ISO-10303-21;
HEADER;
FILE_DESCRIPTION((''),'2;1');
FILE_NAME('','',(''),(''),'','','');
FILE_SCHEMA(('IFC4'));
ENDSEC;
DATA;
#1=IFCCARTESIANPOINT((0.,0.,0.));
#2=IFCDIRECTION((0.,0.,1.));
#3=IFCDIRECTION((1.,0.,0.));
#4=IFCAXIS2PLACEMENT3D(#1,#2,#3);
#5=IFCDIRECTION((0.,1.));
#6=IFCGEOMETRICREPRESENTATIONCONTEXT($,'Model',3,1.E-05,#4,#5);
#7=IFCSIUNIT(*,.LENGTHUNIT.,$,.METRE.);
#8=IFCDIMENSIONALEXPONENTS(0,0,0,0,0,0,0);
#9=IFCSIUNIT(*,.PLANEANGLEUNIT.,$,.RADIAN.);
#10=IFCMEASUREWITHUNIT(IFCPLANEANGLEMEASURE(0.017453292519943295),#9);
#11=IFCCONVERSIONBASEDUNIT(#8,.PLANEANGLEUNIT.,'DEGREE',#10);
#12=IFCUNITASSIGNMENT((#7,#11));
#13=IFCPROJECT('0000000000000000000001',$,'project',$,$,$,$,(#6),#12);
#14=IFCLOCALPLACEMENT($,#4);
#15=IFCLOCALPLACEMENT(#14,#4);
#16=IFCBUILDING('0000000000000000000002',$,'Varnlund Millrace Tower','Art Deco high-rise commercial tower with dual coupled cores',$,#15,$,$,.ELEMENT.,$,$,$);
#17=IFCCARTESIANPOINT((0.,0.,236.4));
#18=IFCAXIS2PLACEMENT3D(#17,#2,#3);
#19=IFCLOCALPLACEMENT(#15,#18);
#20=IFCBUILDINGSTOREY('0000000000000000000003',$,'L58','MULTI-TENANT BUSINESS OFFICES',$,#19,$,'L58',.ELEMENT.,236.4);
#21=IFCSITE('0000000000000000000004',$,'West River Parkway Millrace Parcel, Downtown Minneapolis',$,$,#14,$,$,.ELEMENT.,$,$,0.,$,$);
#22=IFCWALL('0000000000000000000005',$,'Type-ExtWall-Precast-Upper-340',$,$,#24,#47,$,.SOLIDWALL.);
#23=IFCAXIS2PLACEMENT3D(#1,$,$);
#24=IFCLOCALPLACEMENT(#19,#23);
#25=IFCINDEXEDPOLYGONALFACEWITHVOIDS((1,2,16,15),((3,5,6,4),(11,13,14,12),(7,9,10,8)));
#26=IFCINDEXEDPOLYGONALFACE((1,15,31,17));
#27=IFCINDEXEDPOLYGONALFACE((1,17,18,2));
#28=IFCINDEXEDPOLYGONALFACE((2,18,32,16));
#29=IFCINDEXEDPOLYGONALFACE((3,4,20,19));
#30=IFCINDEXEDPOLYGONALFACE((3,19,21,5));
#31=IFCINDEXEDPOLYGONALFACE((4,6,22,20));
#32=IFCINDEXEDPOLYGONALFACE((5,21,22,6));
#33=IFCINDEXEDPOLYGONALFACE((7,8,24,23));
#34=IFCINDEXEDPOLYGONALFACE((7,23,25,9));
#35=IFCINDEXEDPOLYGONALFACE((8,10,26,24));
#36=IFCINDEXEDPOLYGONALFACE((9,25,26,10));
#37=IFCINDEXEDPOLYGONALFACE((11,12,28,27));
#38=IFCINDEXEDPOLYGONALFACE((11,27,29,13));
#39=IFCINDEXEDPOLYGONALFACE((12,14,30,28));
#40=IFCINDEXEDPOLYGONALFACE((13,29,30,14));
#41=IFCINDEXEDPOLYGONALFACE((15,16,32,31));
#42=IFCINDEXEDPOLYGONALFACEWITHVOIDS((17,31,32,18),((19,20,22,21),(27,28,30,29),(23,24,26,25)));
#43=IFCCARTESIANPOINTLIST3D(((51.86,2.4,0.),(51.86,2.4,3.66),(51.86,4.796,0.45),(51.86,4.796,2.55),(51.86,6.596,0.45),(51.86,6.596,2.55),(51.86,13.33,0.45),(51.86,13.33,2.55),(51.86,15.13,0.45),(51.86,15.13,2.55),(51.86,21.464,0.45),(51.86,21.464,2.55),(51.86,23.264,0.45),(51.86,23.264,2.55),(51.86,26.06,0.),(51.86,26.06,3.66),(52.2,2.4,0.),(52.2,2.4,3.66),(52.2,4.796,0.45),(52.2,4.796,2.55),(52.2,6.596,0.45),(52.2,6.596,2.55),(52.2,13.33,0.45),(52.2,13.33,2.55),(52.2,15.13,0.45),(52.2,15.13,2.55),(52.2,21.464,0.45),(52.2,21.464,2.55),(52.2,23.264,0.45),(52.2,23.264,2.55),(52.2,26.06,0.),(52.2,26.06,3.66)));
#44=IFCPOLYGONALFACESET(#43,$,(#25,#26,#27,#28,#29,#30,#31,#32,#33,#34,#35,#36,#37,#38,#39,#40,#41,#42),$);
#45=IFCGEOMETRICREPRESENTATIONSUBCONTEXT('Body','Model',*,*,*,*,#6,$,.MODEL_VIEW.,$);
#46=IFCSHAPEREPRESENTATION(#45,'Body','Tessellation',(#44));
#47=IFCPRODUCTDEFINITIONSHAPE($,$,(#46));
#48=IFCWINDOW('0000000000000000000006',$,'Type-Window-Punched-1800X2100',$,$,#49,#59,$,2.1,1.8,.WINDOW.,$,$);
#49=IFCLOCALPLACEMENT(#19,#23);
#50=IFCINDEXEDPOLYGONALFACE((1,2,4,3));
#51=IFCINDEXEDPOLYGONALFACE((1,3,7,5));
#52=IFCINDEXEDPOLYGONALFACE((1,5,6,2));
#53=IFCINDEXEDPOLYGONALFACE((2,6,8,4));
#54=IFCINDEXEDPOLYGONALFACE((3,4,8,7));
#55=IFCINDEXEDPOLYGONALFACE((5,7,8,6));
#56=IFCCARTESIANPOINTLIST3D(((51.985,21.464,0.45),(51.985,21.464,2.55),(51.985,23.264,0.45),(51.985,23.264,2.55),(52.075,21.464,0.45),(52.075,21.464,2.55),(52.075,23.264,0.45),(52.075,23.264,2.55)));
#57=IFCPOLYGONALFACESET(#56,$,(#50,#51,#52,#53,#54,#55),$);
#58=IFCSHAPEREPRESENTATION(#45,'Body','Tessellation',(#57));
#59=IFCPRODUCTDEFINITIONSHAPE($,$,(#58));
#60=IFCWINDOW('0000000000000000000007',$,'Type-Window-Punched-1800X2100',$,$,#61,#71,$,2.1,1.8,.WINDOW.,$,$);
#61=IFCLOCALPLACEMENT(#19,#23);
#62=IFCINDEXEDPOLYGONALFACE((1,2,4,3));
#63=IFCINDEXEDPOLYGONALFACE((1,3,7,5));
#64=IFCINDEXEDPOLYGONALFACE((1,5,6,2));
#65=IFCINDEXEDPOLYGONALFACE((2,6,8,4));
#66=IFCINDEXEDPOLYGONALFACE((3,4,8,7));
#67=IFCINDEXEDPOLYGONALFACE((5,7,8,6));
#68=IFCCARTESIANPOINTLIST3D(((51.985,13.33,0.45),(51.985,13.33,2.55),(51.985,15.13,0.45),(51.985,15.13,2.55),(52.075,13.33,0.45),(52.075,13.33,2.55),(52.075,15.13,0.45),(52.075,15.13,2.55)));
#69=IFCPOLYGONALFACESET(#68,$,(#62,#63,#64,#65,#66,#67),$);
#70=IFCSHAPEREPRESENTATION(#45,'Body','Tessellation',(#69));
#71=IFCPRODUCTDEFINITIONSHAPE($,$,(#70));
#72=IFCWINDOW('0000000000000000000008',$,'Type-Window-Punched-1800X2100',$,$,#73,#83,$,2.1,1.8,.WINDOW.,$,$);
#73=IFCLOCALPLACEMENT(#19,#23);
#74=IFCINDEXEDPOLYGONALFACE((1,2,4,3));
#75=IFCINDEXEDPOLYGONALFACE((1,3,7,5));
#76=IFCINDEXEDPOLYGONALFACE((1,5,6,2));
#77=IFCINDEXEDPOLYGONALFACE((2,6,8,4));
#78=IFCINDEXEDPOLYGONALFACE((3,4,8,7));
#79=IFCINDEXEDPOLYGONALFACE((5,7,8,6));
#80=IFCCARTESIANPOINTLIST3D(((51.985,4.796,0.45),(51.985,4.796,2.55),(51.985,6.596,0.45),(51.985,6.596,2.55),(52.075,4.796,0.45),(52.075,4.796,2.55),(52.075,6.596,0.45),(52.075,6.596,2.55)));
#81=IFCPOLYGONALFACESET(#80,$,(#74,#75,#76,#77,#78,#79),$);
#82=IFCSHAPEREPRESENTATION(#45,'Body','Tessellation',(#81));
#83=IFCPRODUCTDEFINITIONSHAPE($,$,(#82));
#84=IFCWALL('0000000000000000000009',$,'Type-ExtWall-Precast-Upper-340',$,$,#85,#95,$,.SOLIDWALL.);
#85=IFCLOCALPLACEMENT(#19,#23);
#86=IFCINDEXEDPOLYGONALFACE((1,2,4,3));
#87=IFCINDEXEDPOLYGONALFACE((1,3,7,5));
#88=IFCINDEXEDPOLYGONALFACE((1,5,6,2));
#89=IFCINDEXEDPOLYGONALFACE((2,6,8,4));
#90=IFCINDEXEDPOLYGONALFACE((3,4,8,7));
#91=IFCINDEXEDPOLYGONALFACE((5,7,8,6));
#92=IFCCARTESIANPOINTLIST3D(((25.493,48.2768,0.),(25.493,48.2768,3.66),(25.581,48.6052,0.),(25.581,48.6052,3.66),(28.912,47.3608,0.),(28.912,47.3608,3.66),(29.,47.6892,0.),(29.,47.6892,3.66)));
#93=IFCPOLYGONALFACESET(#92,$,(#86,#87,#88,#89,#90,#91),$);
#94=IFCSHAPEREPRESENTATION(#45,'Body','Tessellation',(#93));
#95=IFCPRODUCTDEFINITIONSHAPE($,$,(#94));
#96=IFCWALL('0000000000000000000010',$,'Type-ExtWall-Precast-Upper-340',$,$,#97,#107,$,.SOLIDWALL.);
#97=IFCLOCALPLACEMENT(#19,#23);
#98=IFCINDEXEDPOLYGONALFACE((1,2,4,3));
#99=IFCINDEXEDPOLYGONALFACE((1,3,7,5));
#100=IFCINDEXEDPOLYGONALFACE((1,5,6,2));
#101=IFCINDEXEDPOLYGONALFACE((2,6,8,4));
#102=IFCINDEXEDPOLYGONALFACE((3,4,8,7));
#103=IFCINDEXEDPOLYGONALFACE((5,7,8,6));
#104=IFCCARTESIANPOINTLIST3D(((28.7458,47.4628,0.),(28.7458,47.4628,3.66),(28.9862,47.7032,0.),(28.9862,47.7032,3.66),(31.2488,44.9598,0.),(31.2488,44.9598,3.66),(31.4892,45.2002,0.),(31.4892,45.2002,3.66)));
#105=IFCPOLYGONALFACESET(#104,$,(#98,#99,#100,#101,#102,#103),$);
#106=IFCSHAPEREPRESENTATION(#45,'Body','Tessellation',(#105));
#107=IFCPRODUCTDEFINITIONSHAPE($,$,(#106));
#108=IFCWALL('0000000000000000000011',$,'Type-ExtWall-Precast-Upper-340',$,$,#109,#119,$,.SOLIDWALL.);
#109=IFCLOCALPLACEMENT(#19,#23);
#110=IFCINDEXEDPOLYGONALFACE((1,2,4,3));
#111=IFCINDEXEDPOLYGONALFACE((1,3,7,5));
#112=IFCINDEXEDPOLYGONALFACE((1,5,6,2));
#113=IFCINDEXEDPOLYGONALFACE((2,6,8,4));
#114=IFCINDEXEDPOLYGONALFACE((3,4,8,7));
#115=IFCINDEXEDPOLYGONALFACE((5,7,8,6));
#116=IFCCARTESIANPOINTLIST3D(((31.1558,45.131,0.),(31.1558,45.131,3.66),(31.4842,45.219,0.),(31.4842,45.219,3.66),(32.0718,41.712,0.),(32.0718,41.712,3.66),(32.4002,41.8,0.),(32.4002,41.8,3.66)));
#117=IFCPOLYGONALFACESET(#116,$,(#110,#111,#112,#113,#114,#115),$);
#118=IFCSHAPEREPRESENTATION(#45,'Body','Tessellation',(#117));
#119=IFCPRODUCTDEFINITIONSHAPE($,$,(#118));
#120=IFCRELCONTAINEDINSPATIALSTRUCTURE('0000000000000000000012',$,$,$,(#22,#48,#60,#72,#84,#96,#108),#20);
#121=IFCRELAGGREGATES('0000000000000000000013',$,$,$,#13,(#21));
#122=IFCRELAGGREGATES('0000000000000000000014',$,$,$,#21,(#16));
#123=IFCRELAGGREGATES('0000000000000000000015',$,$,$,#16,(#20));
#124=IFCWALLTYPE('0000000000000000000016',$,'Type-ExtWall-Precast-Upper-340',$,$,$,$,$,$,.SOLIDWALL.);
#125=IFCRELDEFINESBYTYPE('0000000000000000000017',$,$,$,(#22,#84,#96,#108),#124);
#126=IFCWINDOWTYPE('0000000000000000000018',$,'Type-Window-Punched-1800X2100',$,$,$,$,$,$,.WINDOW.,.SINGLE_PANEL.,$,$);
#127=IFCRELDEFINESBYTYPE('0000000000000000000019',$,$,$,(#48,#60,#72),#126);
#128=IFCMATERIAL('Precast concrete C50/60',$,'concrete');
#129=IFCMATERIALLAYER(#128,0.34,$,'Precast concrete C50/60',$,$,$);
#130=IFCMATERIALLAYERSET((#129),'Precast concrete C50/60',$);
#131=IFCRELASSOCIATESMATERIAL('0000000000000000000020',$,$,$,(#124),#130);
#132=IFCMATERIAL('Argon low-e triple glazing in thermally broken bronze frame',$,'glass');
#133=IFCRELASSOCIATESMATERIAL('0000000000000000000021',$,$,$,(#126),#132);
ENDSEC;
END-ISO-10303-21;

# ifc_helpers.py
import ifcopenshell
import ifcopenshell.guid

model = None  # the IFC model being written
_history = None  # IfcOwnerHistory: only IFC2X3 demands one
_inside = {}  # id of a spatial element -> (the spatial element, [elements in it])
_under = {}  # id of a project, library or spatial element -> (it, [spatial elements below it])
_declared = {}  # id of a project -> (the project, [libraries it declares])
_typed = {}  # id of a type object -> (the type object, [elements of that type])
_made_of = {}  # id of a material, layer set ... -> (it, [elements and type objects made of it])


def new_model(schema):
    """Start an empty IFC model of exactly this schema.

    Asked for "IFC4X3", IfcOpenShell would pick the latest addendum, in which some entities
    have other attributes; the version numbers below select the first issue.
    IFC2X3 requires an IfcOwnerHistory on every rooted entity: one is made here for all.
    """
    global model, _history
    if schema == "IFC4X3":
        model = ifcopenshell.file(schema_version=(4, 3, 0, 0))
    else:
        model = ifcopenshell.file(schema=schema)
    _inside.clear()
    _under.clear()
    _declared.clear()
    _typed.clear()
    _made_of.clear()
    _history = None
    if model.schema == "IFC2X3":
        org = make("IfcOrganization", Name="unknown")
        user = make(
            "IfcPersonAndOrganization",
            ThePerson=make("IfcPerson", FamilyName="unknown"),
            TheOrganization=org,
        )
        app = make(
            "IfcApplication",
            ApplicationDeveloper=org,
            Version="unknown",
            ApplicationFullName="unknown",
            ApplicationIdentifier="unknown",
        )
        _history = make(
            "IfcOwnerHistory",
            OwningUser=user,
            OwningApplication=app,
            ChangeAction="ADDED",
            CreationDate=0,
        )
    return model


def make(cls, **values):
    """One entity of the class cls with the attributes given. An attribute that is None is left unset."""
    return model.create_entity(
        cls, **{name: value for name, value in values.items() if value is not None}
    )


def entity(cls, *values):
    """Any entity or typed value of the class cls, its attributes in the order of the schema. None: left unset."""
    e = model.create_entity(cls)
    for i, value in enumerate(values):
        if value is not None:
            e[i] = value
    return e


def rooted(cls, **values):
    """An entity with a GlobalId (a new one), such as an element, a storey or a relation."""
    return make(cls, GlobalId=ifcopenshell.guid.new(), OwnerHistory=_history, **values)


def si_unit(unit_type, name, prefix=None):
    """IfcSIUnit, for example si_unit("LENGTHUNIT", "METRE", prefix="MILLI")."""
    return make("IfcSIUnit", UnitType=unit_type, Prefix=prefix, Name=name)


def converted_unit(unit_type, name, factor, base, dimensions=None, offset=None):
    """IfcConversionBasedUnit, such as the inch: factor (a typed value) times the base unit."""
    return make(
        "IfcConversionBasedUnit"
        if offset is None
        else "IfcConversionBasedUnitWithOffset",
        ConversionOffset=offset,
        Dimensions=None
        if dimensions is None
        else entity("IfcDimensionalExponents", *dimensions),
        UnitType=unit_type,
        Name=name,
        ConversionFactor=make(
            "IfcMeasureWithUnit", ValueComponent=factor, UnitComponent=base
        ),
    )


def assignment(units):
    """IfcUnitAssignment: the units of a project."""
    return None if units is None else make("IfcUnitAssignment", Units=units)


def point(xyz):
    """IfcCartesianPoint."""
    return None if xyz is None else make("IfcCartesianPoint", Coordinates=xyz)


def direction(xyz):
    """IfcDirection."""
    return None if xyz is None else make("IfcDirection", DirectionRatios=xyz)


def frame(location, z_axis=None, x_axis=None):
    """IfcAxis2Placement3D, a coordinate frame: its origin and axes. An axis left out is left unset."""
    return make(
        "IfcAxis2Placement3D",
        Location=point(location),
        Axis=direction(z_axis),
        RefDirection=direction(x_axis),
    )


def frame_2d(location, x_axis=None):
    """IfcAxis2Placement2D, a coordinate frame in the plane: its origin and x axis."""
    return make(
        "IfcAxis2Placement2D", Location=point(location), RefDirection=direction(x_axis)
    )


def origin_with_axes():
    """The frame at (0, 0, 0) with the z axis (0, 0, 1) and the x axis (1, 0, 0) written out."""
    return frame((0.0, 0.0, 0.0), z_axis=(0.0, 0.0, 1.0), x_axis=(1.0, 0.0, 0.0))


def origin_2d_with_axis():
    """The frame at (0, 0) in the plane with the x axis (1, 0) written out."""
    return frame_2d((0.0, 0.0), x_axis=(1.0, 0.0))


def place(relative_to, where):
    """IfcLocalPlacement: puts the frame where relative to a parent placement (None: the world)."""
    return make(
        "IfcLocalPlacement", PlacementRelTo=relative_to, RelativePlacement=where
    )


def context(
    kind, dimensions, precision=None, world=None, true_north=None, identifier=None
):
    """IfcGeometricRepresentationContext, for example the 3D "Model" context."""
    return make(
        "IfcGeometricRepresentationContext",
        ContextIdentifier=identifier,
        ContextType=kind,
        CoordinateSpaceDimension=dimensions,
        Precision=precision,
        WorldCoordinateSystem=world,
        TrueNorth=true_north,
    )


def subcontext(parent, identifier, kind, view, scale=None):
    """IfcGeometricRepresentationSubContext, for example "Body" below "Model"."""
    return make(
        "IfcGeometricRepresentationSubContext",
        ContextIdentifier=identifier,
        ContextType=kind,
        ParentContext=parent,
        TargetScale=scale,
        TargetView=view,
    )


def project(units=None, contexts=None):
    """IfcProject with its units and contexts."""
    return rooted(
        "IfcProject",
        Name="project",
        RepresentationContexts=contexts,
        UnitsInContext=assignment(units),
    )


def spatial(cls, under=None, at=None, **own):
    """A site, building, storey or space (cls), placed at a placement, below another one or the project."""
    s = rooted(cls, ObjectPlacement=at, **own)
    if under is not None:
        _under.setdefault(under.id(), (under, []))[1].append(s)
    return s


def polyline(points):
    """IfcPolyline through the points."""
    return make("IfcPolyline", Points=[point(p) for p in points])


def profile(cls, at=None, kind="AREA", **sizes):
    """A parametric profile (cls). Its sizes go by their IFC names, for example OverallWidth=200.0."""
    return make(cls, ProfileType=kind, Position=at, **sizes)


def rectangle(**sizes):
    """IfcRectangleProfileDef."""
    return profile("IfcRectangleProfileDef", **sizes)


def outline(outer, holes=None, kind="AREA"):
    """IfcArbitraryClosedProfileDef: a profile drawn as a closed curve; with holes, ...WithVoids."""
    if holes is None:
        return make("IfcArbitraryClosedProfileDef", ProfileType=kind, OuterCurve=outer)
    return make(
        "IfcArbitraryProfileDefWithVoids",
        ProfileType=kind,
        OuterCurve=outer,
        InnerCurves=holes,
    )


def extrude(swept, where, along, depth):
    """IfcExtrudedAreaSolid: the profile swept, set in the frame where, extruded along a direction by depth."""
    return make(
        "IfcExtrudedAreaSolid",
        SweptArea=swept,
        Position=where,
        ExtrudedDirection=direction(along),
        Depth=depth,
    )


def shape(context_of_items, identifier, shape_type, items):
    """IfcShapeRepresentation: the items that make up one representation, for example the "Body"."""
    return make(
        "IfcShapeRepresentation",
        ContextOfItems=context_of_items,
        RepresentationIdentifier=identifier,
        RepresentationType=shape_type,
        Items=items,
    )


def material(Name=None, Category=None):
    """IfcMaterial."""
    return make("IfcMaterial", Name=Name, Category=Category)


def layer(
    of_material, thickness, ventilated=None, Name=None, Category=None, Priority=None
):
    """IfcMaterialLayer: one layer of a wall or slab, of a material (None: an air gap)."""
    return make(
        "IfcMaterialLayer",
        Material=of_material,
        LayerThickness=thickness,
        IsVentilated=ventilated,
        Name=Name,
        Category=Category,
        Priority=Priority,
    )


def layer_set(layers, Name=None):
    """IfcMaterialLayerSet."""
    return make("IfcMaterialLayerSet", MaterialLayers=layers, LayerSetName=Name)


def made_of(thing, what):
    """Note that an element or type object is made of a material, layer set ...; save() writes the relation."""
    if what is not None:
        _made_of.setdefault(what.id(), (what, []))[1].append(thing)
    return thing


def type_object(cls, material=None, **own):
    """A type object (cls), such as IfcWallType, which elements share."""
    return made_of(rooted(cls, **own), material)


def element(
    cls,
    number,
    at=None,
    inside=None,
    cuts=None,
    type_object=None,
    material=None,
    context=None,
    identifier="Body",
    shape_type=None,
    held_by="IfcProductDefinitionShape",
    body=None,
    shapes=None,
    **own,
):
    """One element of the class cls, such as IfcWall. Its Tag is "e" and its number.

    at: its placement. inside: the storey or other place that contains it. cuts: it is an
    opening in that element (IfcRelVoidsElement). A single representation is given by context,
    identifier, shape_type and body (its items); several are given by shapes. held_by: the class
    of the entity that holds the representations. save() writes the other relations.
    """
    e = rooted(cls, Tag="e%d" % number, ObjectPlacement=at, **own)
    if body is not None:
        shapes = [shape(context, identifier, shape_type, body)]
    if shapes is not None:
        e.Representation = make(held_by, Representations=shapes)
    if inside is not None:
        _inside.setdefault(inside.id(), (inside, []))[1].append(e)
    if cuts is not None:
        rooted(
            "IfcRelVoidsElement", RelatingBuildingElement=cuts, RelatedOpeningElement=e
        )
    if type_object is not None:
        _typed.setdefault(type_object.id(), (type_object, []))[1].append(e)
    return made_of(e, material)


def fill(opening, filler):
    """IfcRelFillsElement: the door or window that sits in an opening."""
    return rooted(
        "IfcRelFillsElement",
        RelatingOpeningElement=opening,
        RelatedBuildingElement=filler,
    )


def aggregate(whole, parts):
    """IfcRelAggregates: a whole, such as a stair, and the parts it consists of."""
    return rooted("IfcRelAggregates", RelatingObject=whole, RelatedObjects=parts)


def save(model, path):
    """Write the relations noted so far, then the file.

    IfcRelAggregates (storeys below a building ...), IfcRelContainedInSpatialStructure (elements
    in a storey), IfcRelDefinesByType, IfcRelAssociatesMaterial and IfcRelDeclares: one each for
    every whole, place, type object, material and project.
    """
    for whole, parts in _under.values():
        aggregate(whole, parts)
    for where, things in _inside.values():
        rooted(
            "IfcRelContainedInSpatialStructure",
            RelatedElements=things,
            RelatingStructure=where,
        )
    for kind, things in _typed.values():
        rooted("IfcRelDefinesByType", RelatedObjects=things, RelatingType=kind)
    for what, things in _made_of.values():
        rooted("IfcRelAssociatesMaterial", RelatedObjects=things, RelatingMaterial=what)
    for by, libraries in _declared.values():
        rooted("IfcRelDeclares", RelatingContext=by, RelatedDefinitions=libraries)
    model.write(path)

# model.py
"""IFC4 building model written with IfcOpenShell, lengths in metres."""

from ifc_helpers import new_model, entity, si_unit, converted_unit, direction, frame, origin_with_axes, origin_2d_with_axis, place, context, subcontext, project, spatial, polyline, rectangle, outline, extrude, material, layer, layer_set, type_object, element, fill, save


model = new_model("IFC4")

# Units and contexts
model_context = context("Model", 3, precision=1e-05, world=origin_with_axes(), true_north=direction((0.0, 1.0)))
body_context = subcontext(model_context, "Body", "Model", "MODEL_VIEW")
ifc_project = project(units=[si_unit("LENGTHUNIT", "METRE"), converted_unit("PLANEANGLEUNIT", "DEGREE", entity("IfcPlaneAngleMeasure", 0.017453292519943295), si_unit("PLANEANGLEUNIT", "RADIAN"), dimensions=[0, 0, 0, 0, 0, 0, 0])], contexts=[model_context])

# Site, building, storey
site_placement = place(None, origin_with_axes())
site = spatial("IfcSite", under=ifc_project, at=site_placement, Name="West River Parkway Millrace Parcel, Downtown Minneapolis", CompositionType="ELEMENT", RefElevation=0.0)
building_placement = place(site_placement, origin_with_axes())
building = spatial("IfcBuilding", under=site, at=building_placement, Name="Varnlund Millrace Tower", Description="Art Deco high-rise commercial tower with dual coupled cores", CompositionType="ELEMENT")
storey_placement = place(building_placement, frame((0.0, 0.0, 236.4), z_axis=(0.0, 0.0, 1.0), x_axis=(1.0, 0.0, 0.0)))
storey = spatial("IfcBuildingStorey", under=building, at=storey_placement, Name="L58", Description="MULTI-TENANT BUSINESS OFFICES", LongName="L58", CompositionType="ELEMENT", Elevation=236.4)

# Shared definitions
ifc_material_1 = material(Name="Precast concrete C50/60", Category="concrete")
ifc_layer_1 = layer(ifc_material_1, 0.34, Name="Precast concrete C50/60")
ifc_layer_set_1 = layer_set([ifc_layer_1], Name="Precast concrete C50/60")
wall_type_1 = type_object("IfcWallType", Name="Type-ExtWall-Precast-Upper-340", PredefinedType="SOLIDWALL", material=ifc_layer_set_1)
ifc_material_2 = material(Name="Argon low-e triple glazing in thermally broken bronze frame", Category="glass")
window_type = type_object("IfcWindowType", Name="Type-Window-Punched-1800X2100", PartitioningType="SINGLE_PANEL", PredefinedType="WINDOW", material=ifc_material_2)

# Wall, openings, windows
wall_1_placement = place(storey_placement, frame((52.03, 26.06, 0.0), z_axis=(0.0, 0.0, 1.0), x_axis=(0.0, -1.0, 0.0)))
wall_1 = element("IfcWall", 1, at=wall_1_placement, inside=storey, type_object=wall_type_1, Name="Type-ExtWall-Precast-Upper-340", PredefinedType="SOLIDWALL", context=body_context, shape_type="SweptSolid", body=[
    extrude(outline(polyline([(0.0, -0.17), (23.66, -0.17), (23.66, 0.17), (0.0, 0.17), (0.0, -0.17)])), origin_with_axes(), (0.0, 0.0, 1.0), 3.66),
])
opening_1_placement = place(wall_1_placement, frame((3.696, 0.0, 0.45), z_axis=(0.0, 0.0, 1.0), x_axis=(1.0, 0.0, 0.0)))
opening_1 = element("IfcOpeningElement", 2, at=opening_1_placement, cuts=wall_1, PredefinedType="OPENING", context=body_context, shape_type="SweptSolid", body=[
    extrude(rectangle(XDim=1.8, YDim=0.36, at=origin_2d_with_axis()), origin_with_axes(), (0.0, 0.0, 1.0), 2.1),
])
opening_2_placement = place(wall_1_placement, frame((11.83, 0.0, 0.45), z_axis=(0.0, 0.0, 1.0), x_axis=(1.0, 0.0, 0.0)))
opening_2 = element("IfcOpeningElement", 3, at=opening_2_placement, cuts=wall_1, PredefinedType="OPENING", context=body_context, shape_type="SweptSolid", body=[
    extrude(rectangle(XDim=1.8, YDim=0.36, at=origin_2d_with_axis()), origin_with_axes(), (0.0, 0.0, 1.0), 2.1),
])
opening_3_placement = place(wall_1_placement, frame((20.364, 0.0, 0.45), z_axis=(0.0, 0.0, 1.0), x_axis=(1.0, 0.0, 0.0)))
opening_3 = element("IfcOpeningElement", 4, at=opening_3_placement, cuts=wall_1, PredefinedType="OPENING", context=body_context, shape_type="SweptSolid", body=[
    extrude(rectangle(XDim=1.8, YDim=0.36, at=origin_2d_with_axis()), origin_with_axes(), (0.0, 0.0, 1.0), 2.1),
])
window_1_placement = place(wall_1_placement, frame((3.696, 0.0, 0.45), z_axis=(0.0, 0.0, 1.0), x_axis=(1.0, 0.0, 0.0)))
window_1 = element("IfcWindow", 5, at=window_1_placement, inside=storey, type_object=window_type, Name="Type-Window-Punched-1800X2100", OverallHeight=2.1, OverallWidth=1.8, PredefinedType="WINDOW", context=body_context, shape_type="SweptSolid", body=[
    extrude(rectangle(XDim=1.8, YDim=0.09, at=origin_2d_with_axis()), origin_with_axes(), (0.0, 0.0, 1.0), 2.1),
])
fill(opening_1, window_1)
window_2_placement = place(wall_1_placement, frame((11.83, 0.0, 0.45), z_axis=(0.0, 0.0, 1.0), x_axis=(1.0, 0.0, 0.0)))
window_2 = element("IfcWindow", 6, at=window_2_placement, inside=storey, type_object=window_type, Name="Type-Window-Punched-1800X2100", OverallHeight=2.1, OverallWidth=1.8, PredefinedType="WINDOW", context=body_context, shape_type="SweptSolid", body=[
    extrude(rectangle(XDim=1.8, YDim=0.09, at=origin_2d_with_axis()), origin_with_axes(), (0.0, 0.0, 1.0), 2.1),
])
fill(opening_2, window_2)
window_3_placement = place(wall_1_placement, frame((20.364, 0.0, 0.45), z_axis=(0.0, 0.0, 1.0), x_axis=(1.0, 0.0, 0.0)))
window_3 = element("IfcWindow", 7, at=window_3_placement, inside=storey, type_object=window_type, Name="Type-Window-Punched-1800X2100", OverallHeight=2.1, OverallWidth=1.8, PredefinedType="WINDOW", context=body_context, shape_type="SweptSolid", body=[
    extrude(rectangle(XDim=1.8, YDim=0.09, at=origin_2d_with_axis()), origin_with_axes(), (0.0, 0.0, 1.0), 2.1),
])
fill(opening_3, window_3)

# Walls
wall_2_placement = place(storey_placement, frame((25.537, 48.441, 0.0), z_axis=(0.0, 0.0, 1.0), x_axis=(0.965934, -0.258788, 0.0)))
element("IfcWall", 8, at=wall_2_placement, inside=storey, type_object=wall_type_1, Name="Type-ExtWall-Precast-Upper-340", PredefinedType="SOLIDWALL", context=body_context, shape_type="SweptSolid", body=[
    extrude(outline(polyline([(0.0, -0.17), (3.5396, -0.17), (3.5396, 0.17), (0.0, 0.17), (0.0, -0.17)])), origin_with_axes(), (0.0, 0.0, 1.0), 3.66),
])
wall_3_placement = place(storey_placement, frame((28.866, 47.583, 0.0), z_axis=(0.0, 0.0, 1.0), x_axis=(0.707107, -0.707107, 0.0)))
element("IfcWall", 9, at=wall_3_placement, inside=storey, type_object=wall_type_1, Name="Type-ExtWall-Precast-Upper-340", PredefinedType="SOLIDWALL", context=body_context, shape_type="SweptSolid", body=[
    extrude(outline(polyline([(0.0, -0.17), (3.5398, -0.17), (3.5398, 0.17), (0.0, 0.17), (0.0, -0.17)])), origin_with_axes(), (0.0, 0.0, 1.0), 3.66),
])
wall_4_placement = place(storey_placement, frame((31.32, 45.175, 0.0), z_axis=(0.0, 0.0, 1.0), x_axis=(0.258788, -0.965934, 0.0)))
element("IfcWall", 10, at=wall_4_placement, inside=storey, type_object=wall_type_1, Name="Type-ExtWall-Precast-Upper-340", PredefinedType="SOLIDWALL", context=body_context, shape_type="SweptSolid", body=[
    extrude(outline(polyline([(0.0, -0.17), (3.5396, -0.17), (3.5396, 0.17), (0.0, 0.17), (0.0, -0.17)])), origin_with_axes(), (0.0, 0.0, 1.0), 3.66),
])

save(model, "model.ifc")
